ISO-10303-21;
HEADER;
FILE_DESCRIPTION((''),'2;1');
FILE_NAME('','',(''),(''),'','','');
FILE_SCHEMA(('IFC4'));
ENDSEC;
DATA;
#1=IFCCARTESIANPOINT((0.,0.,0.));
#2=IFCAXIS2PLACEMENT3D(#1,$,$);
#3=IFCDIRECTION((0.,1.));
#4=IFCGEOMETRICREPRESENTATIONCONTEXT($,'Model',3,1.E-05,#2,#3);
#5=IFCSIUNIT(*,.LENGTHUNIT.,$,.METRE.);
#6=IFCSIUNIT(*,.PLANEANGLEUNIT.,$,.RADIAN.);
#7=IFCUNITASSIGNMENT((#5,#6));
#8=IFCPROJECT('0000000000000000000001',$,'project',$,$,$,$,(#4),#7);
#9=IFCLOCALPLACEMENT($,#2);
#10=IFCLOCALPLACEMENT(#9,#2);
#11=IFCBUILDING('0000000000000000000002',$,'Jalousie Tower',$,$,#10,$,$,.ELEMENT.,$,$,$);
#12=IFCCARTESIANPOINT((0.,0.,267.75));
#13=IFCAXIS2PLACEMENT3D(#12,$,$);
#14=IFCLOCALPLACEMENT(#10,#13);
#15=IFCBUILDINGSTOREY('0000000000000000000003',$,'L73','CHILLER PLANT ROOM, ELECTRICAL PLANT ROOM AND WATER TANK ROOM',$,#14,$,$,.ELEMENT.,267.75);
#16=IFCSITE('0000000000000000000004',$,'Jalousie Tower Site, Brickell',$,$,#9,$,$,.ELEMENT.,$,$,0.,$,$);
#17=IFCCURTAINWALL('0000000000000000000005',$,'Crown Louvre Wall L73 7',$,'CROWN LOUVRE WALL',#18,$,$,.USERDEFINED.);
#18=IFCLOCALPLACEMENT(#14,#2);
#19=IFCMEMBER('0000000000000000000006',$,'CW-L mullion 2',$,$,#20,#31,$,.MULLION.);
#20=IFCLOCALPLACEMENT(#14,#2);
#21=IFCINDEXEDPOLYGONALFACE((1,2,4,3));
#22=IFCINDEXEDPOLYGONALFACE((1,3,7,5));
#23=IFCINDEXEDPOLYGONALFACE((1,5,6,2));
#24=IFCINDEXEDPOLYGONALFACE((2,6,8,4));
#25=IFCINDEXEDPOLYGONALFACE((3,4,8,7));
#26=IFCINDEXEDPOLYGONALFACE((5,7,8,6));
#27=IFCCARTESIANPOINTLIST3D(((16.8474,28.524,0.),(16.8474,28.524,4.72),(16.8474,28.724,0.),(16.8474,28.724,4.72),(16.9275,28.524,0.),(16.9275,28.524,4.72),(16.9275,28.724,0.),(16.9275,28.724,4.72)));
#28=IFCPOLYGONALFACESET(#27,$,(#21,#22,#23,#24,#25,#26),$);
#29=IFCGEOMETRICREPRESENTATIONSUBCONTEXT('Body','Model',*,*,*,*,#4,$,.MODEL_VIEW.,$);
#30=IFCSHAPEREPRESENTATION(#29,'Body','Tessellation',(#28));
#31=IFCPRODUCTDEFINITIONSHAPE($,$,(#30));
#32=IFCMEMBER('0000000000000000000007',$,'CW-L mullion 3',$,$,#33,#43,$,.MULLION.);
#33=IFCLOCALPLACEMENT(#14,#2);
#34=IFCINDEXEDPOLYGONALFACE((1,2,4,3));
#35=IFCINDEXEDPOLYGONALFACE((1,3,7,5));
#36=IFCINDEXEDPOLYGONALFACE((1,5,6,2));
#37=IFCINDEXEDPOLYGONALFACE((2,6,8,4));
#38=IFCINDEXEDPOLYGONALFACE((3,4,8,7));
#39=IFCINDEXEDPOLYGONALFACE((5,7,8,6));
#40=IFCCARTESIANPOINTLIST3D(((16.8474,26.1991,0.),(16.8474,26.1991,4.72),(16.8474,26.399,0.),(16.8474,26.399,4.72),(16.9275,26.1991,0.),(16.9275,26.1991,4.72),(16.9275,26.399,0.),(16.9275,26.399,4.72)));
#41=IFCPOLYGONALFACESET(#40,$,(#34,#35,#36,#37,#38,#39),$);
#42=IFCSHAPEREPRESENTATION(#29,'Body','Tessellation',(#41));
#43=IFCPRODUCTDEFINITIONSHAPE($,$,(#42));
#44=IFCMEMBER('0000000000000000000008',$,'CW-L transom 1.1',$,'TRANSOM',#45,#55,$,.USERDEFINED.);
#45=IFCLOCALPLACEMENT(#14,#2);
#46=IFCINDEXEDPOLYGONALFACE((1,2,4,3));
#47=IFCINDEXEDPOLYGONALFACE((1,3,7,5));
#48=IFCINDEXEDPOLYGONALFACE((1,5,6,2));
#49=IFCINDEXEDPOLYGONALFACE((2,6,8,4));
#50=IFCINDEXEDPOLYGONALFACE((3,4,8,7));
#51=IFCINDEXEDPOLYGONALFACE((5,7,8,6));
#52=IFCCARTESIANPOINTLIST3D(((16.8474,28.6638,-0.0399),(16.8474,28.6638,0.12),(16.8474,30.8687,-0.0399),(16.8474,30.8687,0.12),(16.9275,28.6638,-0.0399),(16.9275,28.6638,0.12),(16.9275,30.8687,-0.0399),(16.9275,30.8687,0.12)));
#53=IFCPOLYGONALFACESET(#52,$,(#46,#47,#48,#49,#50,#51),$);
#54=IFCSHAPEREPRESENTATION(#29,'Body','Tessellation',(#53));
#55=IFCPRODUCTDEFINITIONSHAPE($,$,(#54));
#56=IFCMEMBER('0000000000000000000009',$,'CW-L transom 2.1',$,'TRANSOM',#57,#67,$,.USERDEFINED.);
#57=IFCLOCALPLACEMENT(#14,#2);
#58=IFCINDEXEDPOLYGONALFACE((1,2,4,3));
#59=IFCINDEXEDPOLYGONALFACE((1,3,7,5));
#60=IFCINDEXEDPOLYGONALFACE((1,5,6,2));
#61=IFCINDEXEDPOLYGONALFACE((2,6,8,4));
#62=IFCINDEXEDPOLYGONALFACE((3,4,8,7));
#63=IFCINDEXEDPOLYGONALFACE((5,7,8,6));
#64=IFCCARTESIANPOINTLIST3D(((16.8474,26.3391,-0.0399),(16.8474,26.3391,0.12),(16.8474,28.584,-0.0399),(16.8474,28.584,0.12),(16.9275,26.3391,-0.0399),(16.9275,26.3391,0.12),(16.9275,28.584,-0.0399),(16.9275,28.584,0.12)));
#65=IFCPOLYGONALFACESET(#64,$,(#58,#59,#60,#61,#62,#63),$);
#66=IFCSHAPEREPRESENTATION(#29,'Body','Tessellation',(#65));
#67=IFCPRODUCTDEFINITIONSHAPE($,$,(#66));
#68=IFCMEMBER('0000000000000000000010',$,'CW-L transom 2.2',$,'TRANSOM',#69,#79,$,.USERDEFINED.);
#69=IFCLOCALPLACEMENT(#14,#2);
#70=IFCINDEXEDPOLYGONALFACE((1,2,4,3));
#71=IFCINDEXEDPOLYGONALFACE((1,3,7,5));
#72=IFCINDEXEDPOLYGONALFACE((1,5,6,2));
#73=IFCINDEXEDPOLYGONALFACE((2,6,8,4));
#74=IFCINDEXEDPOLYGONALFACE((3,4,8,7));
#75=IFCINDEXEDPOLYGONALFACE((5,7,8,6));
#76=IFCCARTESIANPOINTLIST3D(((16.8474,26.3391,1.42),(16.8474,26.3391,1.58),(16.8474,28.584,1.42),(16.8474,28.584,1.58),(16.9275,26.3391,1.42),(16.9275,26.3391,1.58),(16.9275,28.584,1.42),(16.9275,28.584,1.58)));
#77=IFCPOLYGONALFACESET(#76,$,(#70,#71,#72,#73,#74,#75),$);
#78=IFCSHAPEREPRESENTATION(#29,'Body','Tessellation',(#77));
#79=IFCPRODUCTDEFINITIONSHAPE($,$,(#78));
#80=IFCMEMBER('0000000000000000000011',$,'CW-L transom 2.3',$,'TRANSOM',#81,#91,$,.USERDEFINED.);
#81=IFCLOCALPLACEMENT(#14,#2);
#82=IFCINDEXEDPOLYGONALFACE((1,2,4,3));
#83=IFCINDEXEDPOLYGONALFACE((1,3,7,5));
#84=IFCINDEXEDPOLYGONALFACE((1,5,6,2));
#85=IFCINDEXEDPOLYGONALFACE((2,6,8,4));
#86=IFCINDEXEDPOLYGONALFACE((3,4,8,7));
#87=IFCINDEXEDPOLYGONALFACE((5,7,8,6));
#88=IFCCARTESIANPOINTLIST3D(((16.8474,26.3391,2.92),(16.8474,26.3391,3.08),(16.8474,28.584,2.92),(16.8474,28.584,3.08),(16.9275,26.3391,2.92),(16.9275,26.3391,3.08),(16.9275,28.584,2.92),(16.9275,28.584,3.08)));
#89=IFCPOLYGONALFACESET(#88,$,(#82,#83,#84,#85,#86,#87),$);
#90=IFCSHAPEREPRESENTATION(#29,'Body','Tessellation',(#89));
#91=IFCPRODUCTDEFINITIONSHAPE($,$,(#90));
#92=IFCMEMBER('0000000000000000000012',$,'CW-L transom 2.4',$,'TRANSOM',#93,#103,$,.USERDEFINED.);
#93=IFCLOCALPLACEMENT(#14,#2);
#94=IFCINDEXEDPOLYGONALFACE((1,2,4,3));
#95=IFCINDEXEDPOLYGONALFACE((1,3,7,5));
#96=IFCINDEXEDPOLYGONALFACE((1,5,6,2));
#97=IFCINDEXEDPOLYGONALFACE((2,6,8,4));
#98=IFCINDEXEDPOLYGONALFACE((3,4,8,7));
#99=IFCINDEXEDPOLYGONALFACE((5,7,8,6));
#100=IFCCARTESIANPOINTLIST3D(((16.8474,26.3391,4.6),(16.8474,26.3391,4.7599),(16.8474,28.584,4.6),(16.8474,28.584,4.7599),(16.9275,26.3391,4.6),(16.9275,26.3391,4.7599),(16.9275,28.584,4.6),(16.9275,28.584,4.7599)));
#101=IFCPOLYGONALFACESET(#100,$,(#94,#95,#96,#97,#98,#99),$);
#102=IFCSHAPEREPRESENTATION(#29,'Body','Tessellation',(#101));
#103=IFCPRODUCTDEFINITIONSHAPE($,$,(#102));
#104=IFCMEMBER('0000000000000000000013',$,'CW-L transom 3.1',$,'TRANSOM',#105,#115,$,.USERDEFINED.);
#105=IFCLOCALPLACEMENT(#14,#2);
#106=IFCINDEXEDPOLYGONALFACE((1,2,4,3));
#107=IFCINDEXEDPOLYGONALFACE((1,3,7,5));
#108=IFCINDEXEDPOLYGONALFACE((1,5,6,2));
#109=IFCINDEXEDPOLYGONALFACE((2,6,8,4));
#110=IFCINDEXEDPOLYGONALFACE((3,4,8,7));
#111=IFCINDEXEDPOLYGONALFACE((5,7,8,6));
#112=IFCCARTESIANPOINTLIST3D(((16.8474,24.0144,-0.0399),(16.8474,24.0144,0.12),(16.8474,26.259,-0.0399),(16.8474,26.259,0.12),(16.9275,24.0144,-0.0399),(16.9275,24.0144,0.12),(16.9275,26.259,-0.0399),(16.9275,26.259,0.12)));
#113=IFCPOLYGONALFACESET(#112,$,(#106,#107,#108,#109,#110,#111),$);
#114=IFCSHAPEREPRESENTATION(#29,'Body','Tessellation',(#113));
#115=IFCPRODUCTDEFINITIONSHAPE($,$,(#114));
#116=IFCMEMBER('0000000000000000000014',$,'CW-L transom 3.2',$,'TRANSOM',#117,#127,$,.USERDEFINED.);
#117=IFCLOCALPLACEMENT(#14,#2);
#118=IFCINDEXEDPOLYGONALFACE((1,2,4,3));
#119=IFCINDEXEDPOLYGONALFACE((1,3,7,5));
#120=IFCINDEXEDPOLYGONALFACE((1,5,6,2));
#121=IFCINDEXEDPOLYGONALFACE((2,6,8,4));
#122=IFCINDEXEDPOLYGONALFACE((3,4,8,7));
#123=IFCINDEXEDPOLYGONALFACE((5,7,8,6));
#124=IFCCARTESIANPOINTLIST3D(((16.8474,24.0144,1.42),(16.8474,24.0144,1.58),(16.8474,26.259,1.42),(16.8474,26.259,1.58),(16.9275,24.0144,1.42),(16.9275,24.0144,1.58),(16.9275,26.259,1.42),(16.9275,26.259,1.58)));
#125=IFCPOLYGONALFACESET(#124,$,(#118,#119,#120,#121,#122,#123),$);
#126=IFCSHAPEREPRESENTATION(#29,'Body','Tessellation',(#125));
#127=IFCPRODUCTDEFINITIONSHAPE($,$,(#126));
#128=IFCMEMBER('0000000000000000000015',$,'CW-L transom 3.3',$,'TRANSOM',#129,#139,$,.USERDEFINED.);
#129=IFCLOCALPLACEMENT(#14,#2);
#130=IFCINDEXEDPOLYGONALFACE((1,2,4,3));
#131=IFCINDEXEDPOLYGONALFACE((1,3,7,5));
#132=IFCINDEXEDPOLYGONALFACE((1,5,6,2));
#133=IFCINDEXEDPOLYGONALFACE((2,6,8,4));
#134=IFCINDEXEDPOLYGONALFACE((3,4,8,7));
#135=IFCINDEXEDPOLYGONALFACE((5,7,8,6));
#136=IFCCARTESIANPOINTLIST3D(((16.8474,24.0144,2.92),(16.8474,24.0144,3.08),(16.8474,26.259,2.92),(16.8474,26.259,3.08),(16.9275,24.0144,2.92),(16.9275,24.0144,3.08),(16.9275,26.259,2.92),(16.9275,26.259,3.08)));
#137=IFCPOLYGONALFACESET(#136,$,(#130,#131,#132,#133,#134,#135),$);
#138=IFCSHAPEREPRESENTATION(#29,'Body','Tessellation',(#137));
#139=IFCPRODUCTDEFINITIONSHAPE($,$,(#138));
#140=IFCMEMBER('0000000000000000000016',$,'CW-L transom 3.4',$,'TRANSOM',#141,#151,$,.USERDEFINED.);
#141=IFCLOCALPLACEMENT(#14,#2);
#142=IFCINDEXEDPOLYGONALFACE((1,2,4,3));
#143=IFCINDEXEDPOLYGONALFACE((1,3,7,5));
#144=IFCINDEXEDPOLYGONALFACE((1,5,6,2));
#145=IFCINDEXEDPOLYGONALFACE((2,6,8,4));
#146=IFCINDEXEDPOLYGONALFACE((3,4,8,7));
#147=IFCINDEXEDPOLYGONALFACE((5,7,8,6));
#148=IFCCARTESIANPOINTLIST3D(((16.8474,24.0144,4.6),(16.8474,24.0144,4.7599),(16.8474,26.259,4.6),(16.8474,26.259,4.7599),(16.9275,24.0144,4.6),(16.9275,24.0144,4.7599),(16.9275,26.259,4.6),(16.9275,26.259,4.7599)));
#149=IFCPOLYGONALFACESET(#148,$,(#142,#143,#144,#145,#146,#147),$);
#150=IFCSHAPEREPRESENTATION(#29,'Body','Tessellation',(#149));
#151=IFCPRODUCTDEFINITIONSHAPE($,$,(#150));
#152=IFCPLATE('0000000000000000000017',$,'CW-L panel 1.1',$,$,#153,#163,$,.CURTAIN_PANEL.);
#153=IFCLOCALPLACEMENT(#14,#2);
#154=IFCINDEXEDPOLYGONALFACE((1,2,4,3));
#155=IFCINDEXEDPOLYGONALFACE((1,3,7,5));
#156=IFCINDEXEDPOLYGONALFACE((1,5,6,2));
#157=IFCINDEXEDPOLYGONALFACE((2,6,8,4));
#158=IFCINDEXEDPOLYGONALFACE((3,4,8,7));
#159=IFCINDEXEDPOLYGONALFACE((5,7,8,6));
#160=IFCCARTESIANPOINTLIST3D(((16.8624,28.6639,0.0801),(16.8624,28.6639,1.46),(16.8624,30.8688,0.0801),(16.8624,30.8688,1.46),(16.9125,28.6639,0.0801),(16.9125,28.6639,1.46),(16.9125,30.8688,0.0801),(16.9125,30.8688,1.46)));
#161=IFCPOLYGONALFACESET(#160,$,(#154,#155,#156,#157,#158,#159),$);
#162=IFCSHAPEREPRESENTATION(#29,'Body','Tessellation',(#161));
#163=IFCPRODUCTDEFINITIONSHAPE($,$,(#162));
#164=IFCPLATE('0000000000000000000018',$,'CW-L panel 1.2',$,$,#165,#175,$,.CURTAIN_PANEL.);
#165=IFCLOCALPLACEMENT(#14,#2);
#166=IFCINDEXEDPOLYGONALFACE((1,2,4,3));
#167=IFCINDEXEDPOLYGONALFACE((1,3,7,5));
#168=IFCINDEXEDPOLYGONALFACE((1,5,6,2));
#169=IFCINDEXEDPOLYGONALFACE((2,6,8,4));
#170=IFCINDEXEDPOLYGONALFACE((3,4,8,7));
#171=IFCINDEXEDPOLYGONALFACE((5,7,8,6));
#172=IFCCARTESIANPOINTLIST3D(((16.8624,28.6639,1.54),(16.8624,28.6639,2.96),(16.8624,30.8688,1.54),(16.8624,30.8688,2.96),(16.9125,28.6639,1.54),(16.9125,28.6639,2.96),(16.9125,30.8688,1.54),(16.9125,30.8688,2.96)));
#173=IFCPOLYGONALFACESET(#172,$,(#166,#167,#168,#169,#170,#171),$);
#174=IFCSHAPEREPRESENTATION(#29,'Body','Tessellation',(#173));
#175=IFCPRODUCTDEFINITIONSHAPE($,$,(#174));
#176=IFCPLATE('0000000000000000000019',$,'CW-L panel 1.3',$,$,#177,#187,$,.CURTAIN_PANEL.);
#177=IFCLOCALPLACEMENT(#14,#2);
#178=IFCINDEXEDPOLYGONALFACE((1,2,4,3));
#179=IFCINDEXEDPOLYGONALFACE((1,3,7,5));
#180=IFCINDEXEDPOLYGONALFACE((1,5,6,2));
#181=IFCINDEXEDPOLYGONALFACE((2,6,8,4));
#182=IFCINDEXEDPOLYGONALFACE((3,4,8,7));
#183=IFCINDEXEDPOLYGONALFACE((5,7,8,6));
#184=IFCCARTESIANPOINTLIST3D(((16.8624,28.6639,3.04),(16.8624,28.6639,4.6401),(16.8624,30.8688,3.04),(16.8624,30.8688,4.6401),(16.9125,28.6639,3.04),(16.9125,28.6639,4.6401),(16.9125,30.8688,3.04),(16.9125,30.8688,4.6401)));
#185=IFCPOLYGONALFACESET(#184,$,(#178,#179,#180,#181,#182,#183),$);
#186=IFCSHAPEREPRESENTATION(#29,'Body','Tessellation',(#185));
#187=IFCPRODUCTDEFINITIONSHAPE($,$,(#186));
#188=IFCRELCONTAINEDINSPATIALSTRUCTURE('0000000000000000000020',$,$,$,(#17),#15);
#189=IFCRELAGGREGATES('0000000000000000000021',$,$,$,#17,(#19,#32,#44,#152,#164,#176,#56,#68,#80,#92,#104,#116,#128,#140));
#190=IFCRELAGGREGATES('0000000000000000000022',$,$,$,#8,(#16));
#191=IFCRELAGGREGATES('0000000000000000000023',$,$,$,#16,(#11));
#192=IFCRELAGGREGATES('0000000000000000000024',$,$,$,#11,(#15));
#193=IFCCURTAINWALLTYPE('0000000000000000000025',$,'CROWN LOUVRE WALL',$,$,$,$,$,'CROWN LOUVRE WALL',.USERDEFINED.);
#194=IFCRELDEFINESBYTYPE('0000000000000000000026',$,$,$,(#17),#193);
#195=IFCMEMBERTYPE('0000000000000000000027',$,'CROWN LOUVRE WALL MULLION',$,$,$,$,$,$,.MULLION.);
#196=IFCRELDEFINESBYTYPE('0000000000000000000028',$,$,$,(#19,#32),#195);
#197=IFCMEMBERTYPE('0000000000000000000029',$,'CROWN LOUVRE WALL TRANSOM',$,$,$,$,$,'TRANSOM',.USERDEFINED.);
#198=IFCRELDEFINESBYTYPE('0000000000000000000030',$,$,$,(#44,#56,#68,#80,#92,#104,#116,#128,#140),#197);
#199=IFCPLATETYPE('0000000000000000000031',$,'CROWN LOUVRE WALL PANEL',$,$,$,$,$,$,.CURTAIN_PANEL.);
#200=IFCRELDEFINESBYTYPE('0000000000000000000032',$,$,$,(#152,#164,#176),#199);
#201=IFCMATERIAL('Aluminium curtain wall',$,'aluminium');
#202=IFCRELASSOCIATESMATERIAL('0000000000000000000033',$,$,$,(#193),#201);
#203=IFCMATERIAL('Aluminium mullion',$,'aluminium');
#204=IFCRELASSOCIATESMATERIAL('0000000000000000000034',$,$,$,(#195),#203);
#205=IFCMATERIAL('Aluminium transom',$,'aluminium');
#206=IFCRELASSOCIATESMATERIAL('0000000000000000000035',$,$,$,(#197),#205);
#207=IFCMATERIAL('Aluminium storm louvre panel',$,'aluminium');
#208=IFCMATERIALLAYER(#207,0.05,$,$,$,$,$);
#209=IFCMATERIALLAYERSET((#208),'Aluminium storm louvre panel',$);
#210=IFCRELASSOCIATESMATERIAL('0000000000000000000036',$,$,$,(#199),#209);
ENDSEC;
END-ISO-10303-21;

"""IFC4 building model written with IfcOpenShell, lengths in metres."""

from ifc_helpers import new_model, si_unit, direction, frame, origin, origin_2d, place, context, subcontext, project, spatial, rectangle, extrude, material, layer, layer_set, material_profile, profile_set, type_object, element, aggregate, save


model = new_model("IFC4")

# Units and contexts
model_context = context("Model", 3, precision=1e-05, world=origin(), true_north=direction((0.0, 1.0)))
body_context = subcontext(model_context, "Body", "Model", "MODEL_VIEW")
ifc_project = project(units=[si_unit("LENGTHUNIT", "METRE"), si_unit("PLANEANGLEUNIT", "RADIAN")], contexts=[model_context])

# Site, building, storey
site_placement = place(None, origin())
site = spatial("IfcSite", under=ifc_project, at=site_placement, Name="Jalousie Tower Site, Brickell", CompositionType="ELEMENT", RefElevation=0.0)
building_placement = place(site_placement, origin())
building = spatial("IfcBuilding", under=site, at=building_placement, Name="Jalousie Tower", CompositionType="ELEMENT")
storey_placement = place(building_placement, frame((0.0, 0.0, 267.75)))
storey = spatial("IfcBuildingStorey", under=building, at=storey_placement, Name="L73", Description="CHILLER PLANT ROOM, ELECTRICAL PLANT ROOM AND WATER TANK ROOM", CompositionType="ELEMENT", Elevation=267.75)

# Curtain wall, members, plates
ifc_material_1 = material(Name="Aluminium curtain wall", Category="aluminium")
curtain_wall_type = type_object("IfcCurtainWallType", Name="CROWN LOUVRE WALL", ElementType="CROWN LOUVRE WALL", PredefinedType="USERDEFINED", material=ifc_material_1)
curtain_wall_placement = place(storey_placement, origin())
curtain_wall = element("IfcCurtainWall", 1, at=curtain_wall_placement, inside=storey, type_object=curtain_wall_type, Name="Crown Louvre Wall L73 7", ObjectType="CROWN LOUVRE WALL", PredefinedType="USERDEFINED")
ifc_material_2 = material(Name="Aluminium mullion", Category="aluminium")
ifc_material_profile_1 = material_profile(ifc_material_2, rectangle(XDim=0.0801, YDim=0.2, at=origin_2d()), Name="MULLION 80x200")
ifc_profile_set_1 = profile_set([ifc_material_profile_1], Name="Aluminium mullion")
member_type_1 = type_object("IfcMemberType", Name="CROWN LOUVRE WALL MULLION", PredefinedType="MULLION", material=ifc_profile_set_1)
member_1_placement = place(storey_placement, frame((16.8875, 28.624, 0.0), z_axis=(0.0, 0.0, 1.0), x_axis=(1.0, 0.0, 0.0)))
member_1 = element("IfcMember", 2, at=member_1_placement, type_object=member_type_1, Name="CW-L mullion 2", PredefinedType="MULLION", context=body_context, shape_type="SweptSolid", body=[
    extrude(rectangle(XDim=0.0801, YDim=0.2, at=origin_2d()), origin(), (0.0, 0.0, 1.0), 4.72),
])
member_2_placement = place(storey_placement, frame((16.8875, 26.2991, 0.0), z_axis=(0.0, 0.0, 1.0), x_axis=(1.0, 0.0, 0.0)))
member_2 = element("IfcMember", 3, at=member_2_placement, type_object=member_type_1, Name="CW-L mullion 3", PredefinedType="MULLION", context=body_context, shape_type="SweptSolid", body=[
    extrude(rectangle(XDim=0.0801, YDim=0.2, at=origin_2d()), origin(), (0.0, 0.0, 1.0), 4.72),
])
ifc_material_3 = material(Name="Aluminium transom", Category="aluminium")
ifc_material_profile_2 = material_profile(ifc_material_3, rectangle(XDim=0.0801, YDim=0.1599, at=origin_2d()), Name="TRANSOM 80x160")
ifc_profile_set_2 = profile_set([ifc_material_profile_2], Name="Aluminium transom")
member_type_2 = type_object("IfcMemberType", Name="CROWN LOUVRE WALL TRANSOM", ElementType="TRANSOM", PredefinedType="USERDEFINED", material=ifc_profile_set_2)
member_3_placement = place(storey_placement, frame((16.8875, 30.8687, 0.04), z_axis=(0.0, -1.0, 0.0), x_axis=(1.0, 0.0, 0.0)))
member_3 = element("IfcMember", 4, at=member_3_placement, type_object=member_type_2, Name="CW-L transom 1.1", ObjectType="TRANSOM", PredefinedType="USERDEFINED", context=body_context, shape_type="SweptSolid", body=[
    extrude(rectangle(XDim=0.0801, YDim=0.1599, at=origin_2d()), origin(), (0.0, 0.0, 1.0), 2.2048),
])
member_4_placement = place(storey_placement, frame((16.8875, 28.584, 0.04), z_axis=(0.0, -1.0, 0.0), x_axis=(1.0, 0.0, 0.0)))
member_4 = element("IfcMember", 5, at=member_4_placement, type_object=member_type_2, Name="CW-L transom 2.1", ObjectType="TRANSOM", PredefinedType="USERDEFINED", context=body_context, shape_type="SweptSolid", body=[
    extrude(rectangle(XDim=0.0801, YDim=0.1599, at=origin_2d()), origin(), (0.0, 0.0, 1.0), 2.2449),
])
member_5_placement = place(storey_placement, frame((16.8875, 28.584, 1.5), z_axis=(0.0, -1.0, 0.0), x_axis=(1.0, 0.0, 0.0)))
member_5 = element("IfcMember", 6, at=member_5_placement, type_object=member_type_2, Name="CW-L transom 2.2", ObjectType="TRANSOM", PredefinedType="USERDEFINED", context=body_context, shape_type="SweptSolid", body=[
    extrude(rectangle(XDim=0.0801, YDim=0.1599, at=origin_2d()), origin(), (0.0, 0.0, 1.0), 2.2449),
])
member_6_placement = place(storey_placement, frame((16.8875, 28.584, 3.0), z_axis=(0.0, -1.0, 0.0), x_axis=(1.0, 0.0, 0.0)))
member_6 = element("IfcMember", 7, at=member_6_placement, type_object=member_type_2, Name="CW-L transom 2.3", ObjectType="TRANSOM", PredefinedType="USERDEFINED", context=body_context, shape_type="SweptSolid", body=[
    extrude(rectangle(XDim=0.0801, YDim=0.1599, at=origin_2d()), origin(), (0.0, 0.0, 1.0), 2.2449),
])
member_7_placement = place(storey_placement, frame((16.8875, 28.584, 4.6799), z_axis=(0.0, -1.0, 0.0), x_axis=(1.0, 0.0, 0.0)))
member_7 = element("IfcMember", 8, at=member_7_placement, type_object=member_type_2, Name="CW-L transom 2.4", ObjectType="TRANSOM", PredefinedType="USERDEFINED", context=body_context, shape_type="SweptSolid", body=[
    extrude(rectangle(XDim=0.0801, YDim=0.1599, at=origin_2d()), origin(), (0.0, 0.0, 1.0), 2.2449),
])
member_8_placement = place(storey_placement, frame((16.8875, 26.259, 0.04), z_axis=(0.0, -1.0, 0.0), x_axis=(1.0, 0.0, 0.0)))
member_8 = element("IfcMember", 9, at=member_8_placement, type_object=member_type_2, Name="CW-L transom 3.1", ObjectType="TRANSOM", PredefinedType="USERDEFINED", context=body_context, shape_type="SweptSolid", body=[
    extrude(rectangle(XDim=0.0801, YDim=0.1599, at=origin_2d()), origin(), (0.0, 0.0, 1.0), 2.2446),
])
member_9_placement = place(storey_placement, frame((16.8875, 26.259, 1.5), z_axis=(0.0, -1.0, 0.0), x_axis=(1.0, 0.0, 0.0)))
member_9 = element("IfcMember", 10, at=member_9_placement, type_object=member_type_2, Name="CW-L transom 3.2", ObjectType="TRANSOM", PredefinedType="USERDEFINED", context=body_context, shape_type="SweptSolid", body=[
    extrude(rectangle(XDim=0.0801, YDim=0.1599, at=origin_2d()), origin(), (0.0, 0.0, 1.0), 2.2446),
])
member_10_placement = place(storey_placement, frame((16.8875, 26.259, 3.0), z_axis=(0.0, -1.0, 0.0), x_axis=(1.0, 0.0, 0.0)))
member_10 = element("IfcMember", 11, at=member_10_placement, type_object=member_type_2, Name="CW-L transom 3.3", ObjectType="TRANSOM", PredefinedType="USERDEFINED", context=body_context, shape_type="SweptSolid", body=[
    extrude(rectangle(XDim=0.0801, YDim=0.1599, at=origin_2d()), origin(), (0.0, 0.0, 1.0), 2.2446),
])
member_11_placement = place(storey_placement, frame((16.8875, 26.259, 4.6799), z_axis=(0.0, -1.0, 0.0), x_axis=(1.0, 0.0, 0.0)))
member_11 = element("IfcMember", 12, at=member_11_placement, type_object=member_type_2, Name="CW-L transom 3.4", ObjectType="TRANSOM", PredefinedType="USERDEFINED", context=body_context, shape_type="SweptSolid", body=[
    extrude(rectangle(XDim=0.0801, YDim=0.1599, at=origin_2d()), origin(), (0.0, 0.0, 1.0), 2.2446),
])
ifc_material_4 = material(Name="Aluminium storm louvre panel", Category="aluminium")
ifc_layer_1 = layer(ifc_material_4, 0.05)
ifc_layer_set_1 = layer_set([ifc_layer_1], Name="Aluminium storm louvre panel")
plate_type = type_object("IfcPlateType", Name="CROWN LOUVRE WALL PANEL", PredefinedType="CURTAIN_PANEL", material=ifc_layer_set_1)
plate_1_placement = place(storey_placement, frame((16.8875, 29.7664, 0.0801), z_axis=(0.0, 0.0, 1.0), x_axis=(0.0, -1.0, 0.0)))
plate_1 = element("IfcPlate", 13, at=plate_1_placement, type_object=plate_type, Name="CW-L panel 1.1", PredefinedType="CURTAIN_PANEL", context=body_context, shape_type="SweptSolid", body=[
    extrude(rectangle(XDim=2.2048, YDim=0.05, at=origin_2d()), origin(), (0.0, 0.0, 1.0), 1.3799),
])
plate_2_placement = place(storey_placement, frame((16.8875, 29.7664, 1.54), z_axis=(0.0, 0.0, 1.0), x_axis=(0.0, -1.0, 0.0)))
plate_2 = element("IfcPlate", 14, at=plate_2_placement, type_object=plate_type, Name="CW-L panel 1.2", PredefinedType="CURTAIN_PANEL", context=body_context, shape_type="SweptSolid", body=[
    extrude(rectangle(XDim=2.2048, YDim=0.05, at=origin_2d()), origin(), (0.0, 0.0, 1.0), 1.4199),
])
plate_3_placement = place(storey_placement, frame((16.8875, 29.7664, 3.04), z_axis=(0.0, 0.0, 1.0), x_axis=(0.0, -1.0, 0.0)))
plate_3 = element("IfcPlate", 15, at=plate_3_placement, type_object=plate_type, Name="CW-L panel 1.3", PredefinedType="CURTAIN_PANEL", context=body_context, shape_type="SweptSolid", body=[
    extrude(rectangle(XDim=2.2048, YDim=0.05, at=origin_2d()), origin(), (0.0, 0.0, 1.0), 1.6001),
])
aggregate(curtain_wall, [member_1, member_2, member_3, plate_1, plate_2, plate_3, member_4, member_5, member_6, member_7, member_8, member_9, member_10, member_11])

save(model, "model.ifc")
